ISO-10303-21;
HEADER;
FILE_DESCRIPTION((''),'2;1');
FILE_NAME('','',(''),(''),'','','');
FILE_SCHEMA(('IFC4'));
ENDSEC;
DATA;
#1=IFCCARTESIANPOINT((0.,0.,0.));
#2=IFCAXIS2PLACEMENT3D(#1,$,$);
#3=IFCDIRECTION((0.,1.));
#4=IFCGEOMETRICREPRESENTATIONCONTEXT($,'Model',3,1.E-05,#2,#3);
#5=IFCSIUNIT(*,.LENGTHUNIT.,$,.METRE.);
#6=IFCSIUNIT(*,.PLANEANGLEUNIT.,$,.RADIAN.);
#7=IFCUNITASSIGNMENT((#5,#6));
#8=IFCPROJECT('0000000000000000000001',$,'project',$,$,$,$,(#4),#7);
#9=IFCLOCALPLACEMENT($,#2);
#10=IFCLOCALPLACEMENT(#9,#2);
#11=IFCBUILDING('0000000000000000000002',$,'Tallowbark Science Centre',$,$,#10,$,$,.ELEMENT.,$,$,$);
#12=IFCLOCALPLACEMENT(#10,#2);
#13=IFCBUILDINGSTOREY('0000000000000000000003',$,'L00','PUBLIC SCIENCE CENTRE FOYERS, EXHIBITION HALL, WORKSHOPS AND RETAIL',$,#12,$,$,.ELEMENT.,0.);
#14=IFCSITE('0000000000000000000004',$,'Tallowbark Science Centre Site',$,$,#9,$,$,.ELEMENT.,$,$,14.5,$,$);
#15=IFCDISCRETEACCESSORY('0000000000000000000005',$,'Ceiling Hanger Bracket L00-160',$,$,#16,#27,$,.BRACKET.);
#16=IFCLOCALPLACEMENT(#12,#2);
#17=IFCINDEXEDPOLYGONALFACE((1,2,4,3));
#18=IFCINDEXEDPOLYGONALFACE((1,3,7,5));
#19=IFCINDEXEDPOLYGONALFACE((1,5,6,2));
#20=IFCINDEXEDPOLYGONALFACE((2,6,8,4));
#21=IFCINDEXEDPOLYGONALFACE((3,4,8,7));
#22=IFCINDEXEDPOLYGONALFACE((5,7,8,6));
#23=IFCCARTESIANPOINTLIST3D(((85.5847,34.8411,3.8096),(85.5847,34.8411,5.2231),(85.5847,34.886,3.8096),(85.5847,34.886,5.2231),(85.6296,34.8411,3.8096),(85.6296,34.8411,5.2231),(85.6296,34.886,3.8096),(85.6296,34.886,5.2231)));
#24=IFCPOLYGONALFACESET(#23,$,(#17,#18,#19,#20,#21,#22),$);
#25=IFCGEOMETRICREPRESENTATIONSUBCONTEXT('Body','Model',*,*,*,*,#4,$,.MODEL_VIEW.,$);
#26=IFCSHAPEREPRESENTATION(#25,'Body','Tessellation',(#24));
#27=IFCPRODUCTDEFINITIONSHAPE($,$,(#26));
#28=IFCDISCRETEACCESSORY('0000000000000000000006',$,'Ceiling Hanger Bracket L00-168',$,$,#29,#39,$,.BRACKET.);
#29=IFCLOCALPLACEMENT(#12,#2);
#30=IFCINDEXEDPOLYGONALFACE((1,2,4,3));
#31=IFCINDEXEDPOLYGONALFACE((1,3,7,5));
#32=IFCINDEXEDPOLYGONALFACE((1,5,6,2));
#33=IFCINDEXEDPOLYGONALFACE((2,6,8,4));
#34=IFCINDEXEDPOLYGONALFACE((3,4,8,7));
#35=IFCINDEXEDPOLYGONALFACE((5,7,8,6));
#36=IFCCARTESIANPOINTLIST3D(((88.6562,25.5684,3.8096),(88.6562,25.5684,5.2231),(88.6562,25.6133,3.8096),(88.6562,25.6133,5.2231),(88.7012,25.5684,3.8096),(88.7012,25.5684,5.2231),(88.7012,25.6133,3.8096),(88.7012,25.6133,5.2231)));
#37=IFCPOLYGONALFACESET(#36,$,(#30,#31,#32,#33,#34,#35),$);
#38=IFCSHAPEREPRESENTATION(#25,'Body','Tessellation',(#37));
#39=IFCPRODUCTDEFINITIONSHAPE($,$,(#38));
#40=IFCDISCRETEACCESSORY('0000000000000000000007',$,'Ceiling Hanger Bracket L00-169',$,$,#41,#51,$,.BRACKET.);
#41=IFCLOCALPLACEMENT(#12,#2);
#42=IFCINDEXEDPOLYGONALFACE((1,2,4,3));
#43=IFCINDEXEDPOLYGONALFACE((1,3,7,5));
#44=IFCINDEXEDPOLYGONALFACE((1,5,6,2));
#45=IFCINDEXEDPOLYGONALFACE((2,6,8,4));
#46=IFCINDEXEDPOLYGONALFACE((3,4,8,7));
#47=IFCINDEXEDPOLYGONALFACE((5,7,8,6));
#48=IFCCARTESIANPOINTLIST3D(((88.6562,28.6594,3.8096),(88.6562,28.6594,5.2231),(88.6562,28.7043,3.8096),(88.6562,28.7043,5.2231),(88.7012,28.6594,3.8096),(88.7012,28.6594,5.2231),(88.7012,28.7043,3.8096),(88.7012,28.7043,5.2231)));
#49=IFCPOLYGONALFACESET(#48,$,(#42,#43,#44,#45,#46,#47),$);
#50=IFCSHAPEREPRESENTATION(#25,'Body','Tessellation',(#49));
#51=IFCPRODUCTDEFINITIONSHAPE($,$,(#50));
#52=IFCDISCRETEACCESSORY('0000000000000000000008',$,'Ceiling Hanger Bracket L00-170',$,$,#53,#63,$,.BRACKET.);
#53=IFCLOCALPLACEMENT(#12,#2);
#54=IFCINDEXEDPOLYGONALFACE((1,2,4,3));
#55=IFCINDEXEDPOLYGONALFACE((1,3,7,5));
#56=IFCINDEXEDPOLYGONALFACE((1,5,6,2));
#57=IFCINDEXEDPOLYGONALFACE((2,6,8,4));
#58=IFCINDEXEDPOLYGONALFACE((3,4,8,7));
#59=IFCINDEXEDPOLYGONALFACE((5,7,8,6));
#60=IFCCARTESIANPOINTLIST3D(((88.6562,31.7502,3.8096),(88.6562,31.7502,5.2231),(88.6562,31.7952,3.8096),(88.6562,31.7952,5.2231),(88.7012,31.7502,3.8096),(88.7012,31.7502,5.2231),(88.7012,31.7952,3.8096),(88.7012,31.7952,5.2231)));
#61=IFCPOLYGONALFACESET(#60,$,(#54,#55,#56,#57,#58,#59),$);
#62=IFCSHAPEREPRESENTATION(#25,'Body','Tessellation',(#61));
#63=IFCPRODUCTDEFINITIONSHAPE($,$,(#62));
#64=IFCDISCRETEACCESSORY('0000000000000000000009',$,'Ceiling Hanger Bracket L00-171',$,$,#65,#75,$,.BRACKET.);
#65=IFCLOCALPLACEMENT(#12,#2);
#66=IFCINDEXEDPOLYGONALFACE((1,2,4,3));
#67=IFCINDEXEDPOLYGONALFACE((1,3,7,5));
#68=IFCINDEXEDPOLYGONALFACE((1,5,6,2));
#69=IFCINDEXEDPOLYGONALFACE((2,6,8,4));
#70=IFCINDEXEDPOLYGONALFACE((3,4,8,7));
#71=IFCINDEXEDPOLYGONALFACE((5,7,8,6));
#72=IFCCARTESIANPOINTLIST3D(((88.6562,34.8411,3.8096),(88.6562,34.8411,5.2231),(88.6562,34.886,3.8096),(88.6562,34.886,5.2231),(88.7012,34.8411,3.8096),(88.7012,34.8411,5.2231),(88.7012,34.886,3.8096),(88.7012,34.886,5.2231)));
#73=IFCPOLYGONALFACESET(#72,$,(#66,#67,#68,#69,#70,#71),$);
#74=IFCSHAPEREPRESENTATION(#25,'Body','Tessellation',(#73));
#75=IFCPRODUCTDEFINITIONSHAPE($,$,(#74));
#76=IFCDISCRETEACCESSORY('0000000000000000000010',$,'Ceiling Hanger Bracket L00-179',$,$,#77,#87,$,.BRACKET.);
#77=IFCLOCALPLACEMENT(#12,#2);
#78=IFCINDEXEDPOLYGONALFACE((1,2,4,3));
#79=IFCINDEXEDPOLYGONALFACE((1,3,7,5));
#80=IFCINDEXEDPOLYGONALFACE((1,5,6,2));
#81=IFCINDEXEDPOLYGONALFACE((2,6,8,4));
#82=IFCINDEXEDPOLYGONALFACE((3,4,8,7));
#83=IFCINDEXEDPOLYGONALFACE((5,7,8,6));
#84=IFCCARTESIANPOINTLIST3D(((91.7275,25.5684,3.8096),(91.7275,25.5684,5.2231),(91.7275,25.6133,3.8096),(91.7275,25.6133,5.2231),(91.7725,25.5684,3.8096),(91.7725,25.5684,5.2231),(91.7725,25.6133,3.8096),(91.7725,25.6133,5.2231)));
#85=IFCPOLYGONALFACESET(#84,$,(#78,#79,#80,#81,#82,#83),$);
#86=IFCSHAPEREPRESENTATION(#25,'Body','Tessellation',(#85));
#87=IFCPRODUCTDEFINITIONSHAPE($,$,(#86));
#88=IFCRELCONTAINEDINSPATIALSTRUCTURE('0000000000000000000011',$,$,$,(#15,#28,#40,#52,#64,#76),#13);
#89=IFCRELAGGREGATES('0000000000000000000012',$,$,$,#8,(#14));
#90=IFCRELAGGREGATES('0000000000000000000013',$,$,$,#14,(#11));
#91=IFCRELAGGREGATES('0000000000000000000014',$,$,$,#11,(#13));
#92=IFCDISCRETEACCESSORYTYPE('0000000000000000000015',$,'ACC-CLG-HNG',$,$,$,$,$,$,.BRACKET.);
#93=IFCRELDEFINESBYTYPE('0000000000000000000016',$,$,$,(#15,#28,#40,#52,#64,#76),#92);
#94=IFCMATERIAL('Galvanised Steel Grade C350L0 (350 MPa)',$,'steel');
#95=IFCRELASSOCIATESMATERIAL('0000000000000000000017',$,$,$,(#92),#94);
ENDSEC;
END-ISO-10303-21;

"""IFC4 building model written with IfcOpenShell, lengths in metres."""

from ifc_helpers import new_model, si_unit, direction, frame, origin, origin_2d, place, context, subcontext, project, spatial, rectangle, extrude, material, type_object, element, save


model = new_model("IFC4")

# Units and contexts
model_context = context("Model", 3, precision=1e-05, world=origin(), true_north=direction((0.0, 1.0)))
body_context = subcontext(model_context, "Body", "Model", "MODEL_VIEW")
ifc_project = project(units=[si_unit("LENGTHUNIT", "METRE"), si_unit("PLANEANGLEUNIT", "RADIAN")], contexts=[model_context])

# Site, building, storey
site_placement = place(None, origin())
site = spatial("IfcSite", under=ifc_project, at=site_placement, Name="Tallowbark Science Centre Site", CompositionType="ELEMENT", RefElevation=14.5)
building_placement = place(site_placement, origin())
building = spatial("IfcBuilding", under=site, at=building_placement, Name="Tallowbark Science Centre", CompositionType="ELEMENT")
storey_placement = place(building_placement, origin())
storey = spatial("IfcBuildingStorey", under=building, at=storey_placement, Name="L00", Description="PUBLIC SCIENCE CENTRE FOYERS, EXHIBITION HALL, WORKSHOPS AND RETAIL", CompositionType="ELEMENT", Elevation=0.0)

# Discrete accessories
ifc_material_1 = material(Name="Galvanised Steel Grade C350L0 (350 MPa)", Category="steel")
discrete_accessory_type = type_object("IfcDiscreteAccessoryType", Name="ACC-CLG-HNG", PredefinedType="BRACKET", material=ifc_material_1)
for number, where, z_axis, x_axis, name in (
    (1, (85.6072, 34.8635, 3.8096), (0.0, 0.0, 1.0), (1.0, 0.0, 0.0), "Ceiling Hanger Bracket L00-160"),
    (2, (88.6787, 25.5908, 3.8096), (0.0, 0.0, 1.0), (1.0, 0.0, 0.0), "Ceiling Hanger Bracket L00-168"),
    (3, (88.6787, 28.6819, 3.8096), (0.0, 0.0, 1.0), (1.0, 0.0, 0.0), "Ceiling Hanger Bracket L00-169"),
    (4, (88.6787, 31.7727, 3.8096), (0.0, 0.0, 1.0), (1.0, 0.0, 0.0), "Ceiling Hanger Bracket L00-170"),
    (5, (88.6787, 34.8635, 3.8096), (0.0, 0.0, 1.0), (1.0, 0.0, 0.0), "Ceiling Hanger Bracket L00-171"),
    (6, (91.75, 25.5908, 3.8096), (0.0, 0.0, 1.0), (1.0, 0.0, 0.0), "Ceiling Hanger Bracket L00-179"),
):
    element("IfcDiscreteAccessory", number, at=place(storey_placement, frame(where, z_axis=z_axis, x_axis=x_axis)), inside=storey, type_object=discrete_accessory_type, Name=name, PredefinedType="BRACKET", context=body_context, shape_type="SweptSolid", body=[
        extrude(rectangle(XDim=0.0449, YDim=0.0449, at=origin_2d()), origin(), (0.0, 0.0, 1.0), 1.4136),
    ])

save(model, "model.ifc")
